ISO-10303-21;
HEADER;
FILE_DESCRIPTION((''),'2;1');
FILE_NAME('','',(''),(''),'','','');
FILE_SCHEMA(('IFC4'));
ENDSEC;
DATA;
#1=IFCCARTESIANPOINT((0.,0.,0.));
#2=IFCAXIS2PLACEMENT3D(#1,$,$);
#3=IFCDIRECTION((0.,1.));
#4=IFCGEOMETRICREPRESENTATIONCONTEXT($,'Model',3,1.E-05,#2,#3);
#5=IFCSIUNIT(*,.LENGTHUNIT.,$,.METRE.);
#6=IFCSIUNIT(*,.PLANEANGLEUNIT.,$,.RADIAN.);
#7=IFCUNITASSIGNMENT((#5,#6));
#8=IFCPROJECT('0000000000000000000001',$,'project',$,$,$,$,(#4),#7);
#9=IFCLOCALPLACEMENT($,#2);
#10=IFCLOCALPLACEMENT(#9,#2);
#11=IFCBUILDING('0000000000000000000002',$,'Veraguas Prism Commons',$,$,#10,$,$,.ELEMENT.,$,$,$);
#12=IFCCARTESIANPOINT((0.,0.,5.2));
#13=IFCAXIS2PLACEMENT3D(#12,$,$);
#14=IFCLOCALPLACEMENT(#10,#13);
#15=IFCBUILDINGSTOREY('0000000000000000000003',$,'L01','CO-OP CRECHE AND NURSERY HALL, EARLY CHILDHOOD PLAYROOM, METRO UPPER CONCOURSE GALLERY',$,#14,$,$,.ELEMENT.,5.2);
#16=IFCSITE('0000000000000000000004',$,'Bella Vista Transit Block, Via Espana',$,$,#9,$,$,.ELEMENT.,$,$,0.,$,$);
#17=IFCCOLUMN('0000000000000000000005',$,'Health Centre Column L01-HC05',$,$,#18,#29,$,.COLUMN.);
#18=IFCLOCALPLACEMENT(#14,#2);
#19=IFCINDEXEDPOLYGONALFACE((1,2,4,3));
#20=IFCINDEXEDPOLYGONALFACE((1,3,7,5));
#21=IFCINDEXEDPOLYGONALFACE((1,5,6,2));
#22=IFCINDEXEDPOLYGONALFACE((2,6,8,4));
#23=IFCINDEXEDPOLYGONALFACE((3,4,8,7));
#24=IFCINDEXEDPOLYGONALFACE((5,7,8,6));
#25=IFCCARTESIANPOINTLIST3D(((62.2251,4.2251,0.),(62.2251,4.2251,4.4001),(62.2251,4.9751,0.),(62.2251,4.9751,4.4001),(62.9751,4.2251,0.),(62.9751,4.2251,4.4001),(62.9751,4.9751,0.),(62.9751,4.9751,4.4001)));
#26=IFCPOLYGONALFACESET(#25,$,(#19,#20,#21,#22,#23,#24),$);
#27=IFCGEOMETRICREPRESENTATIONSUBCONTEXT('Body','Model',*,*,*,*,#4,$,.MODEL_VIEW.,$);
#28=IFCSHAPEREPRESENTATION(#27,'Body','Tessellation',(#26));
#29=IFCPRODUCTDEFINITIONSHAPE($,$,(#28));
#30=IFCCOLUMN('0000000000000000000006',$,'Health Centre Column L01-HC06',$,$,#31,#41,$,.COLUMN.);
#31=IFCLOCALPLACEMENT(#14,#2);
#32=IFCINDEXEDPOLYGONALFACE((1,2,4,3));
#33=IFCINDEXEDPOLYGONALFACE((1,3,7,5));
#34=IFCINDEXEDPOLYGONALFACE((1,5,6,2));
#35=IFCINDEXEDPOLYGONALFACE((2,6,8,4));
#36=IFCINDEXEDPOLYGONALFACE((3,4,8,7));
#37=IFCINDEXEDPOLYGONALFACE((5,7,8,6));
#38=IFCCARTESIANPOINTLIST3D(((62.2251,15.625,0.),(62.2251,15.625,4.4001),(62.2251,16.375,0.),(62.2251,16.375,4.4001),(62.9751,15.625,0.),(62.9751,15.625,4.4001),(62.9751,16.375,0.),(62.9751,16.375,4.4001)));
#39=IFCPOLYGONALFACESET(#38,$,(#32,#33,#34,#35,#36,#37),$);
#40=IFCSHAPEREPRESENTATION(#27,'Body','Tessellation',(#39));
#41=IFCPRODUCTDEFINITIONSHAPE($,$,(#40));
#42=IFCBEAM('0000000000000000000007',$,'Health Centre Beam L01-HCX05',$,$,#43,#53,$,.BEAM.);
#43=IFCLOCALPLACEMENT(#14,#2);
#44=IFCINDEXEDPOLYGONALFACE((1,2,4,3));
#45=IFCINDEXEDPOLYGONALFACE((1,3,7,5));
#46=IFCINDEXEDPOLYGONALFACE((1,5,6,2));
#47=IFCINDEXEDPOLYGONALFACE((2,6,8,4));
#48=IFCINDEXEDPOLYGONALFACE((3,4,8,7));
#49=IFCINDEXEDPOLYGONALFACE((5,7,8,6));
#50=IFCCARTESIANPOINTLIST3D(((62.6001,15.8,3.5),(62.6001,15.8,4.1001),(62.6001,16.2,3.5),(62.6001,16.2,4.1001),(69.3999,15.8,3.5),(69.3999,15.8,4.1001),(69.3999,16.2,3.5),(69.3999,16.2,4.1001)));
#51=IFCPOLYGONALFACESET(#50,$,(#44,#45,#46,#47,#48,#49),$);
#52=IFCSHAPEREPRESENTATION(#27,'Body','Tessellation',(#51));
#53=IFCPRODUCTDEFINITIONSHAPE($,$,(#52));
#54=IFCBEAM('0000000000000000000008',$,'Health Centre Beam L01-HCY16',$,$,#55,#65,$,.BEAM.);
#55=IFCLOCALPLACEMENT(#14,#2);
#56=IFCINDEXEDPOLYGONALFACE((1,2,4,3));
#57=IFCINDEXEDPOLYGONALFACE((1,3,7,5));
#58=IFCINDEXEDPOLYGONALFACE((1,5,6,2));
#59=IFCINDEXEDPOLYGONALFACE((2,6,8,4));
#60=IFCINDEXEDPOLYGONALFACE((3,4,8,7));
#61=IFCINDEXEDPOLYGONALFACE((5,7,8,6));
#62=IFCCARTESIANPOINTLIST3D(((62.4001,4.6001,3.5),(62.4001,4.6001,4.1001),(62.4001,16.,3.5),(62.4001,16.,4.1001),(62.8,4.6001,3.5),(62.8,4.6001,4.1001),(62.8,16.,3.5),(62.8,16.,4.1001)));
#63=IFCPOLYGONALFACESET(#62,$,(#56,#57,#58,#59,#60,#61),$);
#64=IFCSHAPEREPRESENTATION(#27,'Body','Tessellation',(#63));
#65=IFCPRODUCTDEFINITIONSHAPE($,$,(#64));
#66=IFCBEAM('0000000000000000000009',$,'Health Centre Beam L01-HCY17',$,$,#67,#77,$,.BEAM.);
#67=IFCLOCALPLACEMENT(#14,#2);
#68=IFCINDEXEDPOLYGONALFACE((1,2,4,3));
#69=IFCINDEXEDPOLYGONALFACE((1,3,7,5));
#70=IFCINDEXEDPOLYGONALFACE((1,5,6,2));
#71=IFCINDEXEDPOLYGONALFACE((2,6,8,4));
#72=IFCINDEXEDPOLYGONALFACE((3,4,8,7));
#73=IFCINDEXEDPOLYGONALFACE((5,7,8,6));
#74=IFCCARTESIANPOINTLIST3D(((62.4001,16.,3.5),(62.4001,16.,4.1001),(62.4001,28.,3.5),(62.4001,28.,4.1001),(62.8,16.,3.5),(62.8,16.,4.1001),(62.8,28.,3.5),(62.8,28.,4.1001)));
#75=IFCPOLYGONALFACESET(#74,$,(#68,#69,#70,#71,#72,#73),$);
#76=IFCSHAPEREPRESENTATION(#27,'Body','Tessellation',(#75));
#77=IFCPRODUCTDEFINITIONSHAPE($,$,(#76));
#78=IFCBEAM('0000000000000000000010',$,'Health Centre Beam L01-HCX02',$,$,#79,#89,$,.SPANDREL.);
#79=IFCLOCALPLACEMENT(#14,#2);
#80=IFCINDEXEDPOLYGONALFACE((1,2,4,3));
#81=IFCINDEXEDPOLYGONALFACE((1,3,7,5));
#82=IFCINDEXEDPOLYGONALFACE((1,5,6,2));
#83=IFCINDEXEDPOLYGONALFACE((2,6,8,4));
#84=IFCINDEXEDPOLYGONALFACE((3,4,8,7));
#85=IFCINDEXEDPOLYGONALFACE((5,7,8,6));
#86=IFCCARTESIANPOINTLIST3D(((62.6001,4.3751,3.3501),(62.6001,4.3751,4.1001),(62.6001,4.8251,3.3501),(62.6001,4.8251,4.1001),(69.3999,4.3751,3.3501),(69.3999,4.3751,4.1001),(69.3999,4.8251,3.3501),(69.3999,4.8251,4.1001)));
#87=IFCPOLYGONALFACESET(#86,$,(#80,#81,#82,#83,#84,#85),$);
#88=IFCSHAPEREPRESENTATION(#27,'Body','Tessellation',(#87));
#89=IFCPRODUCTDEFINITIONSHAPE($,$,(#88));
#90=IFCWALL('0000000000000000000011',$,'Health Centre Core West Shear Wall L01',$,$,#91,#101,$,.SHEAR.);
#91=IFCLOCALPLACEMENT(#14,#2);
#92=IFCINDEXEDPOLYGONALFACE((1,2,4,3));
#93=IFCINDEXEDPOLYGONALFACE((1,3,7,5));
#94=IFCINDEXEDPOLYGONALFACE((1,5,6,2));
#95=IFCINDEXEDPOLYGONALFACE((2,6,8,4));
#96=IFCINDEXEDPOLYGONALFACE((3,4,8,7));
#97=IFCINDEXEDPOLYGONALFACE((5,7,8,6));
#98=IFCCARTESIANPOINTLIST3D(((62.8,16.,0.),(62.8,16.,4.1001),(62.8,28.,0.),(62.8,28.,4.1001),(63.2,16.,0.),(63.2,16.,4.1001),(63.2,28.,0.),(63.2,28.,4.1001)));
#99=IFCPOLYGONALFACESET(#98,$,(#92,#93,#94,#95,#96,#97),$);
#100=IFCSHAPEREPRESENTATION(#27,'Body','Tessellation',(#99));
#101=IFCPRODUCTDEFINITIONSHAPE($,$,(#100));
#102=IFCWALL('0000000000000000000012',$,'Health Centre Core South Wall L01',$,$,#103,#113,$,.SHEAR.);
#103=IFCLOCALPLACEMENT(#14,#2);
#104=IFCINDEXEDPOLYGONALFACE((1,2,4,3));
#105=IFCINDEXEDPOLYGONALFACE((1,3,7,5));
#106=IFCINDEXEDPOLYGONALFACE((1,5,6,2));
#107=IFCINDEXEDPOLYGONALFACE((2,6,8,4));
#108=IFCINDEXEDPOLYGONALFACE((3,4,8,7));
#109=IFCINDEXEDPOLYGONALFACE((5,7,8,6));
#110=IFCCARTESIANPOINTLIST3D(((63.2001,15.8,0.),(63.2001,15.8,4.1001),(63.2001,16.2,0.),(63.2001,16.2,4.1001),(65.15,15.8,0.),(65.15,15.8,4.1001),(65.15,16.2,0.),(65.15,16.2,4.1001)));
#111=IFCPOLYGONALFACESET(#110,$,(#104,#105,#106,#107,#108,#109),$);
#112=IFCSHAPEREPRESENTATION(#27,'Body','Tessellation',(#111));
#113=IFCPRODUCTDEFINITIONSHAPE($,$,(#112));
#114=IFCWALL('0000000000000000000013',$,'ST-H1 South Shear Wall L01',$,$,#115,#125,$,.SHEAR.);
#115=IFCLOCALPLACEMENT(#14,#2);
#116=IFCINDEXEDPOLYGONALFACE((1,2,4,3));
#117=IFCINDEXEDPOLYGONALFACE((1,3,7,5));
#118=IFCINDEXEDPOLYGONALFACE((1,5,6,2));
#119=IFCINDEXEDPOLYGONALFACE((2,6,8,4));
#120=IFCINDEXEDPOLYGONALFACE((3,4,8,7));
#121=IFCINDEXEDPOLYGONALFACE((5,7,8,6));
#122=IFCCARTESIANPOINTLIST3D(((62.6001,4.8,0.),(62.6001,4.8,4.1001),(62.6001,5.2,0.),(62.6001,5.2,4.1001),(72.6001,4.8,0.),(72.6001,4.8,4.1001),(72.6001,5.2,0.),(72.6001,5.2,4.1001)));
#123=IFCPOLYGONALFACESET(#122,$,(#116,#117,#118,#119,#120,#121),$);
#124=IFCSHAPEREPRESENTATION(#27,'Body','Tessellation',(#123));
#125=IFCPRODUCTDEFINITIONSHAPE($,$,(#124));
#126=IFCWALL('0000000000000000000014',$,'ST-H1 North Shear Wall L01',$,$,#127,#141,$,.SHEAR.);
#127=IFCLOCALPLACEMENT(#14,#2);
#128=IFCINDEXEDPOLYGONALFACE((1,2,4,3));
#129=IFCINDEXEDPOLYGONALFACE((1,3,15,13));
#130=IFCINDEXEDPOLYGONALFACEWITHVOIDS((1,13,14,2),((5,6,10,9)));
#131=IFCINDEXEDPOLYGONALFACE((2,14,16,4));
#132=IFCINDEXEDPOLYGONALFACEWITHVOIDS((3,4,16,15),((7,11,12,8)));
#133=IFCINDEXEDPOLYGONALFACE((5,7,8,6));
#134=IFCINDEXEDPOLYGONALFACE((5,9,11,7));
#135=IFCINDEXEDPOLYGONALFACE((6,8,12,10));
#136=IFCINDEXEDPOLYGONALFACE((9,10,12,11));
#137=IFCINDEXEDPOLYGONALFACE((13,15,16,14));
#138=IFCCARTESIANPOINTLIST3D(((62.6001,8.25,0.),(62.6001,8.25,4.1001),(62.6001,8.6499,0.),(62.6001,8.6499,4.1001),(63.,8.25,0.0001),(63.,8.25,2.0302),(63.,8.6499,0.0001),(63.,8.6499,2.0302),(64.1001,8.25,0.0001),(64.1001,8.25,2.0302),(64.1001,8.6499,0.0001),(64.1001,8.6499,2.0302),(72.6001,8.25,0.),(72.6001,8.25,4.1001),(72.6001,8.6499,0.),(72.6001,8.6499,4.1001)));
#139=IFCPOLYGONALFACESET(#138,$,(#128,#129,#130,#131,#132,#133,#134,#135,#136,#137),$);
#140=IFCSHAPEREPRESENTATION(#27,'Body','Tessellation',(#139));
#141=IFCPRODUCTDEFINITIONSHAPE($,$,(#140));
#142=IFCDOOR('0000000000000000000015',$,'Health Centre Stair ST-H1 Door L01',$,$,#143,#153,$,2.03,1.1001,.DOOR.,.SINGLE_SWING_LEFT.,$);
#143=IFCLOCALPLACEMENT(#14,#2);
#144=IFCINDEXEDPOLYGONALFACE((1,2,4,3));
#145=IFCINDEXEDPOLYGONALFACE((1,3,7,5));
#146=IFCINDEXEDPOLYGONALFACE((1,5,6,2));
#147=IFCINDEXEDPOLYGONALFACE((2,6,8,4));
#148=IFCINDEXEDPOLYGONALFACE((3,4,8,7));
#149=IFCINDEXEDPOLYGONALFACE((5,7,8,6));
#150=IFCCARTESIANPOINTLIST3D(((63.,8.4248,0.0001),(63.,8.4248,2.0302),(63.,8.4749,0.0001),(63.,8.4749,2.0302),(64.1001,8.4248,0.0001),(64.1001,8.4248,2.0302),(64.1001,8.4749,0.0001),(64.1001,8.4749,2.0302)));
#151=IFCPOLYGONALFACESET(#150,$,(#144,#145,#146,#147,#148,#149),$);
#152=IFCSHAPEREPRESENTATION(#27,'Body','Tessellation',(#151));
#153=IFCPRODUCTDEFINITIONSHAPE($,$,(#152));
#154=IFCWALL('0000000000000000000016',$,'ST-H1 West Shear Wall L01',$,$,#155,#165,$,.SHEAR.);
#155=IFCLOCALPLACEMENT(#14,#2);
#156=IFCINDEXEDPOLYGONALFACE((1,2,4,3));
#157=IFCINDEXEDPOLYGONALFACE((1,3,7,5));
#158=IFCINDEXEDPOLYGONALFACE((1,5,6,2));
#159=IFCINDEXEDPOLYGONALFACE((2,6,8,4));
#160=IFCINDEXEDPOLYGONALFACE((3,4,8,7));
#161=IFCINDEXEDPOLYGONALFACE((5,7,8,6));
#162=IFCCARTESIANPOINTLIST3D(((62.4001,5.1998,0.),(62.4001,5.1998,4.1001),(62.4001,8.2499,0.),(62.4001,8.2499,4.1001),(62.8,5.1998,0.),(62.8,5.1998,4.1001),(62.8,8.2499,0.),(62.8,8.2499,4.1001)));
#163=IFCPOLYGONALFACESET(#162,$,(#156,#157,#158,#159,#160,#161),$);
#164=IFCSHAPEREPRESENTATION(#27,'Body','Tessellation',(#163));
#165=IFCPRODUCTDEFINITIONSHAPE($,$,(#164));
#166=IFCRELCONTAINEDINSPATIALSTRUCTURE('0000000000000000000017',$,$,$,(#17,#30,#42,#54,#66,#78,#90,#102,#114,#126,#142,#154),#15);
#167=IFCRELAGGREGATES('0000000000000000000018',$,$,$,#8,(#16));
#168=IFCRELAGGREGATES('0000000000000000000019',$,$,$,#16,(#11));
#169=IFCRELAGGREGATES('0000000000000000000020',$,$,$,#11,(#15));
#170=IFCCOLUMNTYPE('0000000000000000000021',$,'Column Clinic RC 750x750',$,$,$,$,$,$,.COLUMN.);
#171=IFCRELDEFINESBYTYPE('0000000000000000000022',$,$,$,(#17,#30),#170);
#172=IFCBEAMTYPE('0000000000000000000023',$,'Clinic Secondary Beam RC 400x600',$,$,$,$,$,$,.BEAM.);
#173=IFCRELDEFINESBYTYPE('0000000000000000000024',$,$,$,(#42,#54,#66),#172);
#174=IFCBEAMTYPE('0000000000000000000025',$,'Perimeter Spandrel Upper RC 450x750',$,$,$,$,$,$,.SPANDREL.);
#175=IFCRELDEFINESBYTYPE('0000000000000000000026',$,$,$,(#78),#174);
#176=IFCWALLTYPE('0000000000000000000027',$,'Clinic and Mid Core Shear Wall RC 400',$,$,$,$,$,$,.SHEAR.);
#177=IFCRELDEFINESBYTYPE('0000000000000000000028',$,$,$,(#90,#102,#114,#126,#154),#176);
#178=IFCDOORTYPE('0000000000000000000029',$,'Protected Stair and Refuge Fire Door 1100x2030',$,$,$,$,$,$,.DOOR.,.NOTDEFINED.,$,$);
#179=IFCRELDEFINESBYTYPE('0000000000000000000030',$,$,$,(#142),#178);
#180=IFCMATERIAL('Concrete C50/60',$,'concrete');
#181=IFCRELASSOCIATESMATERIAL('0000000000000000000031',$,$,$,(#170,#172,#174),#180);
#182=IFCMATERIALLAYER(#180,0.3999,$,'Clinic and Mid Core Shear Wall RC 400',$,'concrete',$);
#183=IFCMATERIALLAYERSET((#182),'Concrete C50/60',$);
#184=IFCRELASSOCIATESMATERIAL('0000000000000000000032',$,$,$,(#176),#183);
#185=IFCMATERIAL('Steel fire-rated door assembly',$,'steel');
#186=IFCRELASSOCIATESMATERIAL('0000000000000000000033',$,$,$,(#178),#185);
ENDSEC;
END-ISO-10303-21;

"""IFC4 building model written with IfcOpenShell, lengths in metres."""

from ifc_helpers import new_model, si_unit, direction, frame, frame_2d, origin, origin_2d, place, context, subcontext, project, spatial, rectangle, extrude, source, transform, mapped, material, layer, layer_set, material_profile, profile_set, type_object, element, fill, save


model = new_model("IFC4")

# Units and contexts
model_context = context("Model", 3, precision=1e-05, world=origin(), true_north=direction((0.0, 1.0)))
body_context = subcontext(model_context, "Body", "Model", "MODEL_VIEW")
ifc_project = project(units=[si_unit("LENGTHUNIT", "METRE"), si_unit("PLANEANGLEUNIT", "RADIAN")], contexts=[model_context])

# Site, building, storey
site_placement = place(None, origin())
site = spatial("IfcSite", under=ifc_project, at=site_placement, Name="Bella Vista Transit Block, Via Espana", CompositionType="ELEMENT", RefElevation=0.0)
building_placement = place(site_placement, origin())
building = spatial("IfcBuilding", under=site, at=building_placement, Name="Veraguas Prism Commons", CompositionType="ELEMENT")
storey_placement = place(building_placement, frame((0.0, 0.0, 5.2)))
storey = spatial("IfcBuildingStorey", under=building, at=storey_placement, Name="L01", Description="CO-OP CRECHE AND NURSERY HALL, EARLY CHILDHOOD PLAYROOM, METRO UPPER CONCOURSE GALLERY", CompositionType="ELEMENT", Elevation=5.2)

# Columns
ifc_material_1 = material(Name="Concrete C50/60", Category="concrete")
ifc_material_profile_1 = material_profile(ifc_material_1, rectangle(XDim=0.75, YDim=0.75, at=origin_2d()), Name="RC750X750")
ifc_profile_set_1 = profile_set([ifc_material_profile_1], Name="Concrete C50/60")
column_type = type_object("IfcColumnType", Name="Column Clinic RC 750x750", PredefinedType="COLUMN", material=ifc_profile_set_1)
for number, where, z_axis, x_axis, name in (
    (1, (62.6001, 4.6001, 0.0), (0.0, 0.0, 1.0), (1.0, 0.0, 0.0), "Health Centre Column L01-HC05"),
    (2, (62.6001, 16.0, 0.0), (0.0, 0.0, 1.0), (1.0, 0.0, 0.0), "Health Centre Column L01-HC06"),
):
    element("IfcColumn", number, at=place(storey_placement, frame(where, z_axis=z_axis, x_axis=x_axis)), inside=storey, type_object=column_type, Name=name, PredefinedType="COLUMN", context=body_context, shape_type="SweptSolid", body=[
        extrude(rectangle(XDim=0.75, YDim=0.75, at=origin_2d()), origin(), (0.0, 0.0, 1.0), 4.4001),
    ])

# Beams
ifc_material_profile_2 = material_profile(ifc_material_1, rectangle(XDim=0.3999, YDim=0.6001, at=origin_2d()), Name="RC400X600")
ifc_profile_set_2 = profile_set([ifc_material_profile_2], Name="Concrete C50/60")
beam_type_1 = type_object("IfcBeamType", Name="Clinic Secondary Beam RC 400x600", PredefinedType="BEAM", material=ifc_profile_set_2)
beam_1_placement = place(storey_placement, frame((62.6001, 16.0, 3.8), z_axis=(1.0, 0.0, 0.0), x_axis=(0.0, 1.0, 0.0)))
element("IfcBeam", 3, at=beam_1_placement, inside=storey, type_object=beam_type_1, Name="Health Centre Beam L01-HCX05", PredefinedType="BEAM", context=body_context, shape_type="SweptSolid", body=[
    extrude(rectangle(XDim=0.3999, YDim=0.6001, at=origin_2d()), origin(), (0.0, 0.0, 1.0), 6.7998),
])
beam_2_placement = place(storey_placement, frame((62.6001, 4.6001, 3.8), z_axis=(0.0, 1.0, 0.0), x_axis=(-1.0, 0.0, 0.0)))
element("IfcBeam", 4, at=beam_2_placement, inside=storey, type_object=beam_type_1, Name="Health Centre Beam L01-HCY16", PredefinedType="BEAM", context=body_context, shape_type="SweptSolid", body=[
    extrude(rectangle(XDim=0.3999, YDim=0.6001, at=origin_2d()), origin(), (0.0, 0.0, 1.0), 11.3999),
])
beam_3_placement = place(storey_placement, frame((62.6001, 16.0, 3.8), z_axis=(0.0, 1.0, 0.0), x_axis=(-1.0, 0.0, 0.0)))
element("IfcBeam", 5, at=beam_3_placement, inside=storey, type_object=beam_type_1, Name="Health Centre Beam L01-HCY17", PredefinedType="BEAM", context=body_context, shape_type="SweptSolid", body=[
    extrude(rectangle(XDim=0.3999, YDim=0.6001, at=origin_2d()), origin(), (0.0, 0.0, 1.0), 12.0),
])
ifc_material_profile_3 = material_profile(ifc_material_1, rectangle(XDim=0.45, YDim=0.75, at=origin_2d()), Name="RC450X750")
ifc_profile_set_3 = profile_set([ifc_material_profile_3], Name="Concrete C50/60")
beam_type_2 = type_object("IfcBeamType", Name="Perimeter Spandrel Upper RC 450x750", PredefinedType="SPANDREL", material=ifc_profile_set_3)
beam_4_placement = place(storey_placement, frame((62.6001, 4.6001, 3.7251), z_axis=(1.0, 0.0, 0.0), x_axis=(0.0, 1.0, 0.0)))
element("IfcBeam", 6, at=beam_4_placement, inside=storey, type_object=beam_type_2, Name="Health Centre Beam L01-HCX02", PredefinedType="SPANDREL", context=body_context, shape_type="SweptSolid", body=[
    extrude(rectangle(XDim=0.45, YDim=0.75, at=origin_2d()), origin(), (0.0, 0.0, 1.0), 6.7998),
])

# Walls
ifc_layer_1 = layer(ifc_material_1, 0.3999, Name="Clinic and Mid Core Shear Wall RC 400", Category="concrete")
ifc_layer_set_1 = layer_set([ifc_layer_1], Name="Concrete C50/60")
wall_type_1 = type_object("IfcWallType", Name="Clinic and Mid Core Shear Wall RC 400", PredefinedType="SHEAR", material=ifc_layer_set_1)
wall_1_placement = place(storey_placement, frame((63.0, 16.0, 0.0), z_axis=(0.0, 0.0, 1.0), x_axis=(0.0, 1.0, 0.0)))
element("IfcWall", 7, at=wall_1_placement, inside=storey, type_object=wall_type_1, Name="Health Centre Core West Shear Wall L01", PredefinedType="SHEAR", context=body_context, shape_type="SweptSolid", body=[
    extrude(rectangle(XDim=12.0, YDim=0.3999, at=frame_2d((6.0, 0.0))), origin(), (0.0, 0.0, 1.0), 4.1001),
])
wall_2_placement = place(storey_placement, frame((63.2, 16.0, 0.0), z_axis=(0.0, 0.0, 1.0), x_axis=(1.0, 0.0, 0.0)))
element("IfcWall", 8, at=wall_2_placement, inside=storey, type_object=wall_type_1, Name="Health Centre Core South Wall L01", PredefinedType="SHEAR", context=body_context, shape_type="SweptSolid", body=[
    extrude(rectangle(XDim=1.95, YDim=0.3999, at=frame_2d((0.9751, 0.0))), origin(), (0.0, 0.0, 1.0), 4.1001),
])
wall_3_placement = place(storey_placement, frame((62.6001, 5.0, 0.0), z_axis=(0.0, 0.0, 1.0), x_axis=(1.0, 0.0, 0.0)))
element("IfcWall", 9, at=wall_3_placement, inside=storey, type_object=wall_type_1, Name="ST-H1 South Shear Wall L01", PredefinedType="SHEAR", context=body_context, shape_type="SweptSolid", body=[
    extrude(rectangle(XDim=10.0, YDim=0.3999, at=frame_2d((5.0, 0.0))), origin(), (0.0, 0.0, 1.0), 4.1001),
])

# Wall, opening, door
wall_4_placement = place(storey_placement, frame((62.6001, 8.45, 0.0), z_axis=(0.0, 0.0, 1.0), x_axis=(1.0, 0.0, 0.0)))
wall_4 = element("IfcWall", 10, at=wall_4_placement, inside=storey, type_object=wall_type_1, Name="ST-H1 North Shear Wall L01", PredefinedType="SHEAR", context=body_context, shape_type="SweptSolid", body=[
    extrude(rectangle(XDim=10.0, YDim=0.3999, at=frame_2d((5.0, 0.0))), origin(), (0.0, 0.0, 1.0), 4.1001),
])
opening_1_placement = place(wall_4_placement, frame((0.3999, 0.0, 0.0)))
opening_1 = element("IfcOpeningElement", 11, at=opening_1_placement, cuts=wall_4, PredefinedType="OPENING", context=body_context, shape_type="SweptSolid", body=[
    extrude(rectangle(XDim=1.1001, YDim=2.03, at=frame_2d((0.55, 1.0151))), frame((0.0, 0.21, 0.0), z_axis=(0.0, -1.0, 0.0), x_axis=(1.0, 0.0, 0.0)), (0.0, 0.0, 1.0), 0.4199),
])
ifc_material_2 = material(Name="Steel fire-rated door assembly", Category="steel")
door_type_1 = type_object("IfcDoorType", Name="Protected Stair and Refuge Fire Door 1100x2030", OperationType="NOTDEFINED", PredefinedType="DOOR", material=ifc_material_2)
shared_shape_1 = source(origin(), body_context, "Body", "SweptSolid", [
    extrude(rectangle(XDim=1.1001, YDim=2.03, at=frame_2d((0.55, 1.0151))), frame((0.0, 0.0249, 0.0), z_axis=(0.0, -1.0, 0.0), x_axis=(1.0, 0.0, 0.0)), (0.0, 0.0, 1.0), 0.05),
])
door_1_placement = place(opening_1_placement, origin())
door_1 = element("IfcDoor", 12, at=door_1_placement, inside=storey, type_object=door_type_1, Name="Health Centre Stair ST-H1 Door L01", OperationType="SINGLE_SWING_LEFT", OverallHeight=2.03, OverallWidth=1.1001, PredefinedType="DOOR", context=body_context, shape_type="MappedRepresentation", body=[
    mapped(shared_shape_1, transform((0.0, 0.0, 0.0), scale=1.0)),
])
fill(opening_1, door_1)

# Wall
wall_5_placement = place(storey_placement, frame((62.6001, 5.2, 0.0), z_axis=(0.0, 0.0, 1.0), x_axis=(0.0, 1.0, 0.0)))
element("IfcWall", 13, at=wall_5_placement, inside=storey, type_object=wall_type_1, Name="ST-H1 West Shear Wall L01", PredefinedType="SHEAR", context=body_context, shape_type="SweptSolid", body=[
    extrude(rectangle(XDim=3.05, YDim=0.3999, at=frame_2d((1.5249, 0.0))), origin(), (0.0, 0.0, 1.0), 4.1001),
])

save(model, "model.ifc")
